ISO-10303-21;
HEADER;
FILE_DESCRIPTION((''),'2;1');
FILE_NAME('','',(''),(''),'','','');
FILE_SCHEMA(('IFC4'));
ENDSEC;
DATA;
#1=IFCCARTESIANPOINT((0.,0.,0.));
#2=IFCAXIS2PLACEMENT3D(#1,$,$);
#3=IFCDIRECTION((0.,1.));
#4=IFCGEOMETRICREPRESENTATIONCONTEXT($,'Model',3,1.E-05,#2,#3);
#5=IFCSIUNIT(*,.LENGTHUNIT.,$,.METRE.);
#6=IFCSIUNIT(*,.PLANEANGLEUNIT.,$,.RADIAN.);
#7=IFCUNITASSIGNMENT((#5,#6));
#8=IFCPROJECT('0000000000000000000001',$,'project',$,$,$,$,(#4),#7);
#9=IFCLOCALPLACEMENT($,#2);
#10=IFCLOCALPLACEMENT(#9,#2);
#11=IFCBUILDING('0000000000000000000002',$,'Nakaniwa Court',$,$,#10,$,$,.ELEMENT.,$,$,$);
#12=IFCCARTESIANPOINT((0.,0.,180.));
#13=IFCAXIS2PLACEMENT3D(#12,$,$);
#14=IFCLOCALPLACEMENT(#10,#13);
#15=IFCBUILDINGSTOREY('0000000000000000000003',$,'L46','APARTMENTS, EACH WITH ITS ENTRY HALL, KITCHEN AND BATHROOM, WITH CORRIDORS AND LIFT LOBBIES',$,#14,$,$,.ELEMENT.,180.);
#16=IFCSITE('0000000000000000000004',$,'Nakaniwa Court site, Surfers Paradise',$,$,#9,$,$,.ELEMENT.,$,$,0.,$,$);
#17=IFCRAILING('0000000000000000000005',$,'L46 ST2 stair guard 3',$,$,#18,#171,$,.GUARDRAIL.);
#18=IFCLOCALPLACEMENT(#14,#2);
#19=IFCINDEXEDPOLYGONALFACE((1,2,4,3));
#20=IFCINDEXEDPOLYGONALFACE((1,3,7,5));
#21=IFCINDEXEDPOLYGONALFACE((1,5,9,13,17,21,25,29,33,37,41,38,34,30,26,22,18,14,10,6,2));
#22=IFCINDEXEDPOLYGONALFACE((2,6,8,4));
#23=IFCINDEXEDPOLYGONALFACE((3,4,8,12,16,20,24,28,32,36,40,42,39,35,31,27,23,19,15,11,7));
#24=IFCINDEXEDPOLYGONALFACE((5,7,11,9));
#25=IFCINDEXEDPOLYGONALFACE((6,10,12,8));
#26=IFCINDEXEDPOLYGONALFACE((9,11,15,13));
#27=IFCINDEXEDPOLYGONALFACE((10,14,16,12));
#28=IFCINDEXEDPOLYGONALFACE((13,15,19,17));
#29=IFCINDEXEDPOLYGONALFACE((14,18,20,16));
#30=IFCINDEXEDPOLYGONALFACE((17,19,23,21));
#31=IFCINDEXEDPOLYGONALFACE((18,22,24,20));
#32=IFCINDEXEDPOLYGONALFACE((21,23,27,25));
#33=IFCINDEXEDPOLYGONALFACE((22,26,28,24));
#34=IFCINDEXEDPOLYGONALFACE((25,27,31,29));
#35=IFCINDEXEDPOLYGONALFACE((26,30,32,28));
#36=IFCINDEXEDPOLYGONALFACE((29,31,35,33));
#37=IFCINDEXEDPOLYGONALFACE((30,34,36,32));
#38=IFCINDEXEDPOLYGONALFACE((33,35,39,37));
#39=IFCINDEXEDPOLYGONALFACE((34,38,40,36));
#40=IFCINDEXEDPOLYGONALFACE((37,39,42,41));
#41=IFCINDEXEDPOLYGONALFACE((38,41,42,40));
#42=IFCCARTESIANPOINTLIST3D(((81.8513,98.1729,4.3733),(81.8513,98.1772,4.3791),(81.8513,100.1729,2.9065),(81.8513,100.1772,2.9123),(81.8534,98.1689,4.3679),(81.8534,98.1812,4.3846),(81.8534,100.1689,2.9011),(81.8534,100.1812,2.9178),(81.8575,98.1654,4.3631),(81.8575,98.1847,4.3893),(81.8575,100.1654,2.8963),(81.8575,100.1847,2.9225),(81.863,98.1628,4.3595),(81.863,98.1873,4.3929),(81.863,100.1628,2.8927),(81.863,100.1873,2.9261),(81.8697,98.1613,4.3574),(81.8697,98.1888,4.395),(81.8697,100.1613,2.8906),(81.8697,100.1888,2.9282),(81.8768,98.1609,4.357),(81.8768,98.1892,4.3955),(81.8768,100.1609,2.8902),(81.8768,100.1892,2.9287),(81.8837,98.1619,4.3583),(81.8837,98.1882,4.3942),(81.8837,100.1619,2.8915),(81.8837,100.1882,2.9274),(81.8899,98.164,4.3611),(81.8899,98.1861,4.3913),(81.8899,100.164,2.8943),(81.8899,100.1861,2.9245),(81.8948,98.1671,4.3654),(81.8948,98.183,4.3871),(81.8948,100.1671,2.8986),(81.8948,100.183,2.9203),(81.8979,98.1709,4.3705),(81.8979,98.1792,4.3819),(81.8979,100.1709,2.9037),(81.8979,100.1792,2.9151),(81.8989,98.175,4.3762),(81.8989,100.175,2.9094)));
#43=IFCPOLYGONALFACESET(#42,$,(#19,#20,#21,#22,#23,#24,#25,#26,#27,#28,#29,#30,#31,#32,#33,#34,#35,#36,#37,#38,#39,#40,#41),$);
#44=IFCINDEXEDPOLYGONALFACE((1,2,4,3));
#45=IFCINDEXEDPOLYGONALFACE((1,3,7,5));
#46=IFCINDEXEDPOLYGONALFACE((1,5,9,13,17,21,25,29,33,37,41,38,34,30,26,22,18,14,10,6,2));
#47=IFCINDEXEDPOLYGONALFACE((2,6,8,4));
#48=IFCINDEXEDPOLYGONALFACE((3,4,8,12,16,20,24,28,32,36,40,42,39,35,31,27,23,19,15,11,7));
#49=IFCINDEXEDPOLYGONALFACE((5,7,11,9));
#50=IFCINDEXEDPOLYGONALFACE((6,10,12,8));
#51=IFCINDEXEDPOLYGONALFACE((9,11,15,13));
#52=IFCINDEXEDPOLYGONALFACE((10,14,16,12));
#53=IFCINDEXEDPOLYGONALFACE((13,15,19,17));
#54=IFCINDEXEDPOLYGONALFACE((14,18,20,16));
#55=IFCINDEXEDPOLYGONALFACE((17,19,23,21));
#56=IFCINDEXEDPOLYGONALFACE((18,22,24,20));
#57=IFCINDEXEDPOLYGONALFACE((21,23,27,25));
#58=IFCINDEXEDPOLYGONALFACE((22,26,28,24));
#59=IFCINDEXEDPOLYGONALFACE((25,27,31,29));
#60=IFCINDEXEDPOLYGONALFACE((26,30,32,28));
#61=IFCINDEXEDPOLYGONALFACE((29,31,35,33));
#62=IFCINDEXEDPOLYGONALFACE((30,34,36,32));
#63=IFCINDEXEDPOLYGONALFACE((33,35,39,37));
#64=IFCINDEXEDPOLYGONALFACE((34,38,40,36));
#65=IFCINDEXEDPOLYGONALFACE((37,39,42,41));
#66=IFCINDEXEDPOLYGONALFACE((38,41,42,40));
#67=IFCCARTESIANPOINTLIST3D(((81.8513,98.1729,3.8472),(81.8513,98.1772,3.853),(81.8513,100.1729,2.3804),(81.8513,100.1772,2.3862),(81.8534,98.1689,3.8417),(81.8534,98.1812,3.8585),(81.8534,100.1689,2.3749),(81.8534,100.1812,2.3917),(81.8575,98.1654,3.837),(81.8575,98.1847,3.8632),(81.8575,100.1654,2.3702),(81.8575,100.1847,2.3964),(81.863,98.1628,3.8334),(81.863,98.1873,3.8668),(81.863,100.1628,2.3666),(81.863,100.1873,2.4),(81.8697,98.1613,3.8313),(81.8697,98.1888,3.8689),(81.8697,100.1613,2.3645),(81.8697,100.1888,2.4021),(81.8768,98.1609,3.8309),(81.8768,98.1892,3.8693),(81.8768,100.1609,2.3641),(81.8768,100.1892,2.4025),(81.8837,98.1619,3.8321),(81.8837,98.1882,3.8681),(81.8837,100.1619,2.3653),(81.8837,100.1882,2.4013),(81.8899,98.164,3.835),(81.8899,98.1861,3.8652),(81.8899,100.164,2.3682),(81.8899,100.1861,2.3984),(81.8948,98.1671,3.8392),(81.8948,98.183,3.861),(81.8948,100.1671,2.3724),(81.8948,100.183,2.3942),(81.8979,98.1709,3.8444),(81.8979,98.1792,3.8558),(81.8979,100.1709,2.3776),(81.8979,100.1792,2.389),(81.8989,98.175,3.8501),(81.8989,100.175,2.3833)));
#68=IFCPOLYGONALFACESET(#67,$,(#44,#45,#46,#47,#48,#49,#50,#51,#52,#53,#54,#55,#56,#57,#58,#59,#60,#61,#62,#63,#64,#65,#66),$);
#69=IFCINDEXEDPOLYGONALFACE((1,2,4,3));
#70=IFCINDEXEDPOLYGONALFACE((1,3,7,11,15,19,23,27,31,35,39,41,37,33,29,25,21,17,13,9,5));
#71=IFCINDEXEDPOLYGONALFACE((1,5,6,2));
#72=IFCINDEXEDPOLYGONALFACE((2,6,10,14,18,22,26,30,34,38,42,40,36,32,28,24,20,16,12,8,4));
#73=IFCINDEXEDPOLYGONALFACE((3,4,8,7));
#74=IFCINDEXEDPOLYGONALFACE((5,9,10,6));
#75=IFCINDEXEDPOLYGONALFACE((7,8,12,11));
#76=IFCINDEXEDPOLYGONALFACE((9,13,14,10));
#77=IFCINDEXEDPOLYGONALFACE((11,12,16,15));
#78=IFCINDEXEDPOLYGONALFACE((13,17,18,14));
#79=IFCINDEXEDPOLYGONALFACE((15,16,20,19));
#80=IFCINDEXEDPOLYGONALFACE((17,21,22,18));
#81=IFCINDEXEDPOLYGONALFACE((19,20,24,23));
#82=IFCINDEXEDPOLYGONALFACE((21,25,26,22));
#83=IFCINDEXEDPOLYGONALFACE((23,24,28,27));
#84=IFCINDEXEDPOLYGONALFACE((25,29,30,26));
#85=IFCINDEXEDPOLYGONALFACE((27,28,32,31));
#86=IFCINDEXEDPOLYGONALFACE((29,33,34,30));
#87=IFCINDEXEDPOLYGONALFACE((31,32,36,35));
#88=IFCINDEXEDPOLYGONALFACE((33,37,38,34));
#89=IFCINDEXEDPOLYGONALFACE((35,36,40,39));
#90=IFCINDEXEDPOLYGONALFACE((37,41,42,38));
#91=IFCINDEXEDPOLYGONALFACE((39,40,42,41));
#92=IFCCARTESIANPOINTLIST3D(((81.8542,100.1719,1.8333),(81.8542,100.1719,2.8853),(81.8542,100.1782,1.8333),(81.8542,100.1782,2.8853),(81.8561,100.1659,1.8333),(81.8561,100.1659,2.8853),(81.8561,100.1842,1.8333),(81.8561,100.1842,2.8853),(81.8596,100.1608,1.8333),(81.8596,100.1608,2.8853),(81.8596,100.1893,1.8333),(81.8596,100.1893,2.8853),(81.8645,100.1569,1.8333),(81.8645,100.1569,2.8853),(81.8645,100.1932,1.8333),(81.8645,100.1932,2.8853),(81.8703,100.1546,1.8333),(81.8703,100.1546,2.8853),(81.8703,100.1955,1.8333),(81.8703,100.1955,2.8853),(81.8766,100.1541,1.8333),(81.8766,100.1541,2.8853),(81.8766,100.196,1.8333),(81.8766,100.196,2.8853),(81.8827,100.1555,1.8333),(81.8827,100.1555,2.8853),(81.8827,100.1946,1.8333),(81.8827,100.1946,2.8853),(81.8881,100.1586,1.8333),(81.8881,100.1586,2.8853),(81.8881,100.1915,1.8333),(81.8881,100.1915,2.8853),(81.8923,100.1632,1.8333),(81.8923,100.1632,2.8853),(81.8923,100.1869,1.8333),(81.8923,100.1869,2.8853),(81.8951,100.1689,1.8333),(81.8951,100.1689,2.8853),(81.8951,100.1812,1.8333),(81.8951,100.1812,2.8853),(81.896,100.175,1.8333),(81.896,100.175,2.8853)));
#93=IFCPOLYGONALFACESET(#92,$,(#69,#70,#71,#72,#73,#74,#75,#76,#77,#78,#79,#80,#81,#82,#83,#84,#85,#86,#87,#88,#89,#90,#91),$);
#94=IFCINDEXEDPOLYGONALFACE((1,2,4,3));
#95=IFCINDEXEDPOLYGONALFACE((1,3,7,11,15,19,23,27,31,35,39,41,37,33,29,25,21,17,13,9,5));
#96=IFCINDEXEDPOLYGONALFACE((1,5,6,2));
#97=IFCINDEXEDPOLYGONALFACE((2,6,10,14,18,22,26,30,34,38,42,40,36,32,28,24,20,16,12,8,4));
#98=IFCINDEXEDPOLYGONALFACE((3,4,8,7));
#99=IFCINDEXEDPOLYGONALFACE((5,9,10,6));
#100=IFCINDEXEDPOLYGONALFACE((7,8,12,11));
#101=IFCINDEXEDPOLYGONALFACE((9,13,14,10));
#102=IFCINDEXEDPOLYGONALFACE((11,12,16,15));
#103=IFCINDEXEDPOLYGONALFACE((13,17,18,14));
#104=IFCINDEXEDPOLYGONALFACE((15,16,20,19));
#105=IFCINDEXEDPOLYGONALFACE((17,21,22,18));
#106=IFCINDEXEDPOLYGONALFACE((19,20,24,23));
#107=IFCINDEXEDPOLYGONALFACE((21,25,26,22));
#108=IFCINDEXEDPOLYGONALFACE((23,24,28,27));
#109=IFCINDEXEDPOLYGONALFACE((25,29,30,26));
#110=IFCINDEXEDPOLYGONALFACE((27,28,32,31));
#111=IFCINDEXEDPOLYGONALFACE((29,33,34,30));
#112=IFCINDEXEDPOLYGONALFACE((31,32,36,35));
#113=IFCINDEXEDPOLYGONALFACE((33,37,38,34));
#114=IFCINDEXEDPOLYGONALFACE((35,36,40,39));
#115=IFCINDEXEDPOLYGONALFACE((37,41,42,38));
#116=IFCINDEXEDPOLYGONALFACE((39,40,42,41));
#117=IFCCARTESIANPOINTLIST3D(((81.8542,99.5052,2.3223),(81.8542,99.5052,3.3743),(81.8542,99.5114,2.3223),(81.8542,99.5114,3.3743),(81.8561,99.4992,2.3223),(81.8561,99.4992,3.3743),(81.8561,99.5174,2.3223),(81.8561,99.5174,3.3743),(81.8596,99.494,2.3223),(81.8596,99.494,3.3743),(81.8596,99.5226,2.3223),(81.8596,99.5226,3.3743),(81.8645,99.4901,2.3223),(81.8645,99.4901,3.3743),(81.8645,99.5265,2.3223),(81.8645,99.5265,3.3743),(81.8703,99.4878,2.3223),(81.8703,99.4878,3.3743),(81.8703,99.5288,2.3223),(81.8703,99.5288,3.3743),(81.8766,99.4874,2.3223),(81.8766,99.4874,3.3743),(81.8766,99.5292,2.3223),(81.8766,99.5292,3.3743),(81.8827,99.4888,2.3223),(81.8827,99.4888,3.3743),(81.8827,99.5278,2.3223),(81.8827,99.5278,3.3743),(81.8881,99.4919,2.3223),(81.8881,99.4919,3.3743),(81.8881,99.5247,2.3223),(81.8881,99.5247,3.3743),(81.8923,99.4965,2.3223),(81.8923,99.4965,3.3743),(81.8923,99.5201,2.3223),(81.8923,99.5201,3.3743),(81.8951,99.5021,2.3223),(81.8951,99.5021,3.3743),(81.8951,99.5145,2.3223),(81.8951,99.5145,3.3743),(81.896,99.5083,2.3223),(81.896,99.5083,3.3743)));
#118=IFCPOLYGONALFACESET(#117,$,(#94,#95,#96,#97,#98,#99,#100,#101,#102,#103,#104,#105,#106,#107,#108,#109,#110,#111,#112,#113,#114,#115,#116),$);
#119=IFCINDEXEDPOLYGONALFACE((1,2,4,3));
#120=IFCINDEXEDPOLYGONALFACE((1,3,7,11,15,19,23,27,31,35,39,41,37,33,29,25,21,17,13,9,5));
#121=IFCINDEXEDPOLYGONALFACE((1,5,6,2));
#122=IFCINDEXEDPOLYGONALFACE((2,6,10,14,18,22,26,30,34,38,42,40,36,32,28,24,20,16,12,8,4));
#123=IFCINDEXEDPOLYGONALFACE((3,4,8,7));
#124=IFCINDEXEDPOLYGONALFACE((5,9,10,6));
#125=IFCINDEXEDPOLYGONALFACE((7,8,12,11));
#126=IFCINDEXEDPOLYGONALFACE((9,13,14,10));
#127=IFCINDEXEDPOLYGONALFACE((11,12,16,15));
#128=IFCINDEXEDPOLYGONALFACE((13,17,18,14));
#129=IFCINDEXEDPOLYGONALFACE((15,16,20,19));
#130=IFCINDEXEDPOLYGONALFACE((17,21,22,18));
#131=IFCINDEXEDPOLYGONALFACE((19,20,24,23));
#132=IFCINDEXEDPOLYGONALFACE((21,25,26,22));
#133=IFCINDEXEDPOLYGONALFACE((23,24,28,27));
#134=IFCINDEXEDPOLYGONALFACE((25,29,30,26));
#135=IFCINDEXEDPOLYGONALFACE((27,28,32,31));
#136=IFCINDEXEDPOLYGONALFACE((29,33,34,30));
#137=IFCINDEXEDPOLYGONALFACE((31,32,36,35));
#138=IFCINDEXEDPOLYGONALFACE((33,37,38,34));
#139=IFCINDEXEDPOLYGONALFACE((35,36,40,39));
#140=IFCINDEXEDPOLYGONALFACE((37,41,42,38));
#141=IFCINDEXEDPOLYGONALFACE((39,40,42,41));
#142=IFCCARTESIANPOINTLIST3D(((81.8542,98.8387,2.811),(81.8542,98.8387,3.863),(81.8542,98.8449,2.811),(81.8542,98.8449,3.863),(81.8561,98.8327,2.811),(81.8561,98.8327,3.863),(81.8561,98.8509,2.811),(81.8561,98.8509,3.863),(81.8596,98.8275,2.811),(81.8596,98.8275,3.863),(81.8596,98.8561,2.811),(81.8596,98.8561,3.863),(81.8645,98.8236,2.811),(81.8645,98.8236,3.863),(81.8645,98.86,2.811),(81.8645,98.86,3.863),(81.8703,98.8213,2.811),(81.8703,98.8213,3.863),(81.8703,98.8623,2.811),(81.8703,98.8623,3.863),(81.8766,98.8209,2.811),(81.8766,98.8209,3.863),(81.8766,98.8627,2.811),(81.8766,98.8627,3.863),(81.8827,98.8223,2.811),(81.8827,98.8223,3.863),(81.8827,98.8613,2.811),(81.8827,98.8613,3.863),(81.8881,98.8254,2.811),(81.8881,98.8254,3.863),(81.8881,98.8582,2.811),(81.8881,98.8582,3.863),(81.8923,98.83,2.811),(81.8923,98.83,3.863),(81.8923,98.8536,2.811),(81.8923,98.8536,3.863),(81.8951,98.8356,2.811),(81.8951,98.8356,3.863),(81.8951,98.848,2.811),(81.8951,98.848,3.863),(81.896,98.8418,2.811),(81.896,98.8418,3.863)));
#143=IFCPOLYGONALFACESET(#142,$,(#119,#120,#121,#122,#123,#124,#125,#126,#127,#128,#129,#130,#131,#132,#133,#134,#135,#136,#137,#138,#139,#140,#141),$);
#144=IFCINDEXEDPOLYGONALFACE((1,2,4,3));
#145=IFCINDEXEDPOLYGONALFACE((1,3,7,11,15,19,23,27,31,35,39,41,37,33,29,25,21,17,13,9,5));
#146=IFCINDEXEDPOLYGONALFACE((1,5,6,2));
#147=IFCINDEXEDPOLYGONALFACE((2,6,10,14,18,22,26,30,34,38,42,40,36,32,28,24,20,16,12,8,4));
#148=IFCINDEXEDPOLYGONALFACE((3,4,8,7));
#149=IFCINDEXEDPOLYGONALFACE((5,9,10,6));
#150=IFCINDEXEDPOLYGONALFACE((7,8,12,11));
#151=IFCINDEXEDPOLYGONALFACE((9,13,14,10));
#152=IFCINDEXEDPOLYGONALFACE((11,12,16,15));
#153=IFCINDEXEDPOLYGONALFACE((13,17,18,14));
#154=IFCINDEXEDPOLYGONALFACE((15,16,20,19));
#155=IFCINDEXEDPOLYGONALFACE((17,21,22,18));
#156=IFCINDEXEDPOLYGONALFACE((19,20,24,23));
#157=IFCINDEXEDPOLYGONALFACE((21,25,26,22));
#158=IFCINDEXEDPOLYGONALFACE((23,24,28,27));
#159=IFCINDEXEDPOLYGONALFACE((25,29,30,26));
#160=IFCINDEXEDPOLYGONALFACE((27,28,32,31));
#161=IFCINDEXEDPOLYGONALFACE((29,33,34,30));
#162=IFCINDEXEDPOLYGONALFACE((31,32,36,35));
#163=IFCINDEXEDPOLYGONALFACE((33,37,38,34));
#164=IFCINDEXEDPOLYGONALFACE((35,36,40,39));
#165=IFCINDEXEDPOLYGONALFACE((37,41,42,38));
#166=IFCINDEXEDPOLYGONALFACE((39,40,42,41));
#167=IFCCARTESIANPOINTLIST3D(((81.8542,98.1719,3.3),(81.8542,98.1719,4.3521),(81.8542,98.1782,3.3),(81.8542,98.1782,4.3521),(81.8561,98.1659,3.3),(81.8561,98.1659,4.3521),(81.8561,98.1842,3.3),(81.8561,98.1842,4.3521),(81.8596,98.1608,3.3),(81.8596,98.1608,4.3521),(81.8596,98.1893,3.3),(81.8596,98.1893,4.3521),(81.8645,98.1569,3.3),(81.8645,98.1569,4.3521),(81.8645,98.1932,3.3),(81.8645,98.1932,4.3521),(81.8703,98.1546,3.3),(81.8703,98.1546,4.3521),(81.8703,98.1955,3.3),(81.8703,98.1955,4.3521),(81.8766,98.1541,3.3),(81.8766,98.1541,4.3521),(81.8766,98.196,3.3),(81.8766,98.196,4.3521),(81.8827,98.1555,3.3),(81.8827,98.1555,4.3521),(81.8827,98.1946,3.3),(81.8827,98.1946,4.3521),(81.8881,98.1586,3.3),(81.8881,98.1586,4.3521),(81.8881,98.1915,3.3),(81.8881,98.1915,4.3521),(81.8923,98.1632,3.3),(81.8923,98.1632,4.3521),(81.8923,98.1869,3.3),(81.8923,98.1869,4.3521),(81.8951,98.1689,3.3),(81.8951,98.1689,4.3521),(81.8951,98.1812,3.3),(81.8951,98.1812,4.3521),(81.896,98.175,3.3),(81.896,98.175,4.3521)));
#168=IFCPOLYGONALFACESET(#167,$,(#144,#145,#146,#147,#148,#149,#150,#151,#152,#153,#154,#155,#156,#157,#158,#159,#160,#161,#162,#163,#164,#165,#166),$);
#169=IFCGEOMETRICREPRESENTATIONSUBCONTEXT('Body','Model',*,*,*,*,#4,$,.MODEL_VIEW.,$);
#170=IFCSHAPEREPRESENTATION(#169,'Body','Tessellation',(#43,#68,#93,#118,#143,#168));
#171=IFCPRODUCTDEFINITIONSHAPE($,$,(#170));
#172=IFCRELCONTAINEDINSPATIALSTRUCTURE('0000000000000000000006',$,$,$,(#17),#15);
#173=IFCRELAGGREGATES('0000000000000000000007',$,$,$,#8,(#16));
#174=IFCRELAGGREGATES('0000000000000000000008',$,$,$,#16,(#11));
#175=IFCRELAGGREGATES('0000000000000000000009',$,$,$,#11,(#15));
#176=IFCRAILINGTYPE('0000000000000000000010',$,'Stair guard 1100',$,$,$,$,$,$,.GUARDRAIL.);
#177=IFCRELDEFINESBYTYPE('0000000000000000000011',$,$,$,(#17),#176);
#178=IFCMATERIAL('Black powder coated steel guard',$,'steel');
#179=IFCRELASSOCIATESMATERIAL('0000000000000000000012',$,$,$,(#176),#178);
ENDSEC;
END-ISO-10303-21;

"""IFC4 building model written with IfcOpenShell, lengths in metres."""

from ifc_helpers import new_model, si_unit, direction, frame, origin, origin_2d, place, context, subcontext, project, spatial, circle, extrude, material, type_object, element, save


model = new_model("IFC4")

# Units and contexts
model_context = context("Model", 3, precision=1e-05, world=origin(), true_north=direction((0.0, 1.0)))
body_context = subcontext(model_context, "Body", "Model", "MODEL_VIEW")
ifc_project = project(units=[si_unit("LENGTHUNIT", "METRE"), si_unit("PLANEANGLEUNIT", "RADIAN")], contexts=[model_context])

# Site, building, storey
site_placement = place(None, origin())
site = spatial("IfcSite", under=ifc_project, at=site_placement, Name="Nakaniwa Court site, Surfers Paradise", CompositionType="ELEMENT", RefElevation=0.0)
building_placement = place(site_placement, origin())
building = spatial("IfcBuilding", under=site, at=building_placement, Name="Nakaniwa Court", CompositionType="ELEMENT")
storey_placement = place(building_placement, frame((0.0, 0.0, 180.0)))
storey = spatial("IfcBuildingStorey", under=building, at=storey_placement, Name="L46", Description="APARTMENTS, EACH WITH ITS ENTRY HALL, KITCHEN AND BATHROOM, WITH CORRIDORS AND LIFT LOBBIES", CompositionType="ELEMENT", Elevation=180.0)

# Railing
ifc_material_1 = material(Name="Black powder coated steel guard", Category="steel")
railing_type_1 = type_object("IfcRailingType", Name="Stair guard 1100", PredefinedType="GUARDRAIL", material=ifc_material_1)
railing_1_placement = place(storey_placement, frame((81.875, 100.175, 1.8333)))
element("IfcRailing", 1, at=railing_1_placement, inside=storey, type_object=railing_type_1, Name="L46 ST2 stair guard 3", PredefinedType="GUARDRAIL", context=body_context, shape_type="SweptSolid", body=[
    extrude(circle(Radius=0.0239, at=origin_2d()), frame((0.0, 0.0, 1.0762), z_axis=(0.0, -0.80638, 0.591398), x_axis=(1.0, 0.0, 0.0)), (0.0, 0.0, 1.0), 2.4802),
    extrude(circle(Radius=0.0239, at=origin_2d()), frame((0.0, 0.0, 0.55), z_axis=(0.0, -0.80638, 0.591398), x_axis=(1.0, 0.0, 0.0)), (0.0, 0.0, 1.0), 2.4802),
    extrude(circle(Radius=0.021, at=origin_2d()), origin(), (0.0, 0.0, 1.0), 1.052),
    extrude(circle(Radius=0.021, at=origin_2d()), frame((0.0, -0.6667, 0.489)), (0.0, 0.0, 1.0), 1.052),
    extrude(circle(Radius=0.021, at=origin_2d()), frame((0.0, -1.3333, 0.9778)), (0.0, 0.0, 1.0), 1.052),
    extrude(circle(Radius=0.021, at=origin_2d()), frame((0.0, -2.0, 1.4668)), (0.0, 0.0, 1.0), 1.052),
])

save(model, "model.ifc")
